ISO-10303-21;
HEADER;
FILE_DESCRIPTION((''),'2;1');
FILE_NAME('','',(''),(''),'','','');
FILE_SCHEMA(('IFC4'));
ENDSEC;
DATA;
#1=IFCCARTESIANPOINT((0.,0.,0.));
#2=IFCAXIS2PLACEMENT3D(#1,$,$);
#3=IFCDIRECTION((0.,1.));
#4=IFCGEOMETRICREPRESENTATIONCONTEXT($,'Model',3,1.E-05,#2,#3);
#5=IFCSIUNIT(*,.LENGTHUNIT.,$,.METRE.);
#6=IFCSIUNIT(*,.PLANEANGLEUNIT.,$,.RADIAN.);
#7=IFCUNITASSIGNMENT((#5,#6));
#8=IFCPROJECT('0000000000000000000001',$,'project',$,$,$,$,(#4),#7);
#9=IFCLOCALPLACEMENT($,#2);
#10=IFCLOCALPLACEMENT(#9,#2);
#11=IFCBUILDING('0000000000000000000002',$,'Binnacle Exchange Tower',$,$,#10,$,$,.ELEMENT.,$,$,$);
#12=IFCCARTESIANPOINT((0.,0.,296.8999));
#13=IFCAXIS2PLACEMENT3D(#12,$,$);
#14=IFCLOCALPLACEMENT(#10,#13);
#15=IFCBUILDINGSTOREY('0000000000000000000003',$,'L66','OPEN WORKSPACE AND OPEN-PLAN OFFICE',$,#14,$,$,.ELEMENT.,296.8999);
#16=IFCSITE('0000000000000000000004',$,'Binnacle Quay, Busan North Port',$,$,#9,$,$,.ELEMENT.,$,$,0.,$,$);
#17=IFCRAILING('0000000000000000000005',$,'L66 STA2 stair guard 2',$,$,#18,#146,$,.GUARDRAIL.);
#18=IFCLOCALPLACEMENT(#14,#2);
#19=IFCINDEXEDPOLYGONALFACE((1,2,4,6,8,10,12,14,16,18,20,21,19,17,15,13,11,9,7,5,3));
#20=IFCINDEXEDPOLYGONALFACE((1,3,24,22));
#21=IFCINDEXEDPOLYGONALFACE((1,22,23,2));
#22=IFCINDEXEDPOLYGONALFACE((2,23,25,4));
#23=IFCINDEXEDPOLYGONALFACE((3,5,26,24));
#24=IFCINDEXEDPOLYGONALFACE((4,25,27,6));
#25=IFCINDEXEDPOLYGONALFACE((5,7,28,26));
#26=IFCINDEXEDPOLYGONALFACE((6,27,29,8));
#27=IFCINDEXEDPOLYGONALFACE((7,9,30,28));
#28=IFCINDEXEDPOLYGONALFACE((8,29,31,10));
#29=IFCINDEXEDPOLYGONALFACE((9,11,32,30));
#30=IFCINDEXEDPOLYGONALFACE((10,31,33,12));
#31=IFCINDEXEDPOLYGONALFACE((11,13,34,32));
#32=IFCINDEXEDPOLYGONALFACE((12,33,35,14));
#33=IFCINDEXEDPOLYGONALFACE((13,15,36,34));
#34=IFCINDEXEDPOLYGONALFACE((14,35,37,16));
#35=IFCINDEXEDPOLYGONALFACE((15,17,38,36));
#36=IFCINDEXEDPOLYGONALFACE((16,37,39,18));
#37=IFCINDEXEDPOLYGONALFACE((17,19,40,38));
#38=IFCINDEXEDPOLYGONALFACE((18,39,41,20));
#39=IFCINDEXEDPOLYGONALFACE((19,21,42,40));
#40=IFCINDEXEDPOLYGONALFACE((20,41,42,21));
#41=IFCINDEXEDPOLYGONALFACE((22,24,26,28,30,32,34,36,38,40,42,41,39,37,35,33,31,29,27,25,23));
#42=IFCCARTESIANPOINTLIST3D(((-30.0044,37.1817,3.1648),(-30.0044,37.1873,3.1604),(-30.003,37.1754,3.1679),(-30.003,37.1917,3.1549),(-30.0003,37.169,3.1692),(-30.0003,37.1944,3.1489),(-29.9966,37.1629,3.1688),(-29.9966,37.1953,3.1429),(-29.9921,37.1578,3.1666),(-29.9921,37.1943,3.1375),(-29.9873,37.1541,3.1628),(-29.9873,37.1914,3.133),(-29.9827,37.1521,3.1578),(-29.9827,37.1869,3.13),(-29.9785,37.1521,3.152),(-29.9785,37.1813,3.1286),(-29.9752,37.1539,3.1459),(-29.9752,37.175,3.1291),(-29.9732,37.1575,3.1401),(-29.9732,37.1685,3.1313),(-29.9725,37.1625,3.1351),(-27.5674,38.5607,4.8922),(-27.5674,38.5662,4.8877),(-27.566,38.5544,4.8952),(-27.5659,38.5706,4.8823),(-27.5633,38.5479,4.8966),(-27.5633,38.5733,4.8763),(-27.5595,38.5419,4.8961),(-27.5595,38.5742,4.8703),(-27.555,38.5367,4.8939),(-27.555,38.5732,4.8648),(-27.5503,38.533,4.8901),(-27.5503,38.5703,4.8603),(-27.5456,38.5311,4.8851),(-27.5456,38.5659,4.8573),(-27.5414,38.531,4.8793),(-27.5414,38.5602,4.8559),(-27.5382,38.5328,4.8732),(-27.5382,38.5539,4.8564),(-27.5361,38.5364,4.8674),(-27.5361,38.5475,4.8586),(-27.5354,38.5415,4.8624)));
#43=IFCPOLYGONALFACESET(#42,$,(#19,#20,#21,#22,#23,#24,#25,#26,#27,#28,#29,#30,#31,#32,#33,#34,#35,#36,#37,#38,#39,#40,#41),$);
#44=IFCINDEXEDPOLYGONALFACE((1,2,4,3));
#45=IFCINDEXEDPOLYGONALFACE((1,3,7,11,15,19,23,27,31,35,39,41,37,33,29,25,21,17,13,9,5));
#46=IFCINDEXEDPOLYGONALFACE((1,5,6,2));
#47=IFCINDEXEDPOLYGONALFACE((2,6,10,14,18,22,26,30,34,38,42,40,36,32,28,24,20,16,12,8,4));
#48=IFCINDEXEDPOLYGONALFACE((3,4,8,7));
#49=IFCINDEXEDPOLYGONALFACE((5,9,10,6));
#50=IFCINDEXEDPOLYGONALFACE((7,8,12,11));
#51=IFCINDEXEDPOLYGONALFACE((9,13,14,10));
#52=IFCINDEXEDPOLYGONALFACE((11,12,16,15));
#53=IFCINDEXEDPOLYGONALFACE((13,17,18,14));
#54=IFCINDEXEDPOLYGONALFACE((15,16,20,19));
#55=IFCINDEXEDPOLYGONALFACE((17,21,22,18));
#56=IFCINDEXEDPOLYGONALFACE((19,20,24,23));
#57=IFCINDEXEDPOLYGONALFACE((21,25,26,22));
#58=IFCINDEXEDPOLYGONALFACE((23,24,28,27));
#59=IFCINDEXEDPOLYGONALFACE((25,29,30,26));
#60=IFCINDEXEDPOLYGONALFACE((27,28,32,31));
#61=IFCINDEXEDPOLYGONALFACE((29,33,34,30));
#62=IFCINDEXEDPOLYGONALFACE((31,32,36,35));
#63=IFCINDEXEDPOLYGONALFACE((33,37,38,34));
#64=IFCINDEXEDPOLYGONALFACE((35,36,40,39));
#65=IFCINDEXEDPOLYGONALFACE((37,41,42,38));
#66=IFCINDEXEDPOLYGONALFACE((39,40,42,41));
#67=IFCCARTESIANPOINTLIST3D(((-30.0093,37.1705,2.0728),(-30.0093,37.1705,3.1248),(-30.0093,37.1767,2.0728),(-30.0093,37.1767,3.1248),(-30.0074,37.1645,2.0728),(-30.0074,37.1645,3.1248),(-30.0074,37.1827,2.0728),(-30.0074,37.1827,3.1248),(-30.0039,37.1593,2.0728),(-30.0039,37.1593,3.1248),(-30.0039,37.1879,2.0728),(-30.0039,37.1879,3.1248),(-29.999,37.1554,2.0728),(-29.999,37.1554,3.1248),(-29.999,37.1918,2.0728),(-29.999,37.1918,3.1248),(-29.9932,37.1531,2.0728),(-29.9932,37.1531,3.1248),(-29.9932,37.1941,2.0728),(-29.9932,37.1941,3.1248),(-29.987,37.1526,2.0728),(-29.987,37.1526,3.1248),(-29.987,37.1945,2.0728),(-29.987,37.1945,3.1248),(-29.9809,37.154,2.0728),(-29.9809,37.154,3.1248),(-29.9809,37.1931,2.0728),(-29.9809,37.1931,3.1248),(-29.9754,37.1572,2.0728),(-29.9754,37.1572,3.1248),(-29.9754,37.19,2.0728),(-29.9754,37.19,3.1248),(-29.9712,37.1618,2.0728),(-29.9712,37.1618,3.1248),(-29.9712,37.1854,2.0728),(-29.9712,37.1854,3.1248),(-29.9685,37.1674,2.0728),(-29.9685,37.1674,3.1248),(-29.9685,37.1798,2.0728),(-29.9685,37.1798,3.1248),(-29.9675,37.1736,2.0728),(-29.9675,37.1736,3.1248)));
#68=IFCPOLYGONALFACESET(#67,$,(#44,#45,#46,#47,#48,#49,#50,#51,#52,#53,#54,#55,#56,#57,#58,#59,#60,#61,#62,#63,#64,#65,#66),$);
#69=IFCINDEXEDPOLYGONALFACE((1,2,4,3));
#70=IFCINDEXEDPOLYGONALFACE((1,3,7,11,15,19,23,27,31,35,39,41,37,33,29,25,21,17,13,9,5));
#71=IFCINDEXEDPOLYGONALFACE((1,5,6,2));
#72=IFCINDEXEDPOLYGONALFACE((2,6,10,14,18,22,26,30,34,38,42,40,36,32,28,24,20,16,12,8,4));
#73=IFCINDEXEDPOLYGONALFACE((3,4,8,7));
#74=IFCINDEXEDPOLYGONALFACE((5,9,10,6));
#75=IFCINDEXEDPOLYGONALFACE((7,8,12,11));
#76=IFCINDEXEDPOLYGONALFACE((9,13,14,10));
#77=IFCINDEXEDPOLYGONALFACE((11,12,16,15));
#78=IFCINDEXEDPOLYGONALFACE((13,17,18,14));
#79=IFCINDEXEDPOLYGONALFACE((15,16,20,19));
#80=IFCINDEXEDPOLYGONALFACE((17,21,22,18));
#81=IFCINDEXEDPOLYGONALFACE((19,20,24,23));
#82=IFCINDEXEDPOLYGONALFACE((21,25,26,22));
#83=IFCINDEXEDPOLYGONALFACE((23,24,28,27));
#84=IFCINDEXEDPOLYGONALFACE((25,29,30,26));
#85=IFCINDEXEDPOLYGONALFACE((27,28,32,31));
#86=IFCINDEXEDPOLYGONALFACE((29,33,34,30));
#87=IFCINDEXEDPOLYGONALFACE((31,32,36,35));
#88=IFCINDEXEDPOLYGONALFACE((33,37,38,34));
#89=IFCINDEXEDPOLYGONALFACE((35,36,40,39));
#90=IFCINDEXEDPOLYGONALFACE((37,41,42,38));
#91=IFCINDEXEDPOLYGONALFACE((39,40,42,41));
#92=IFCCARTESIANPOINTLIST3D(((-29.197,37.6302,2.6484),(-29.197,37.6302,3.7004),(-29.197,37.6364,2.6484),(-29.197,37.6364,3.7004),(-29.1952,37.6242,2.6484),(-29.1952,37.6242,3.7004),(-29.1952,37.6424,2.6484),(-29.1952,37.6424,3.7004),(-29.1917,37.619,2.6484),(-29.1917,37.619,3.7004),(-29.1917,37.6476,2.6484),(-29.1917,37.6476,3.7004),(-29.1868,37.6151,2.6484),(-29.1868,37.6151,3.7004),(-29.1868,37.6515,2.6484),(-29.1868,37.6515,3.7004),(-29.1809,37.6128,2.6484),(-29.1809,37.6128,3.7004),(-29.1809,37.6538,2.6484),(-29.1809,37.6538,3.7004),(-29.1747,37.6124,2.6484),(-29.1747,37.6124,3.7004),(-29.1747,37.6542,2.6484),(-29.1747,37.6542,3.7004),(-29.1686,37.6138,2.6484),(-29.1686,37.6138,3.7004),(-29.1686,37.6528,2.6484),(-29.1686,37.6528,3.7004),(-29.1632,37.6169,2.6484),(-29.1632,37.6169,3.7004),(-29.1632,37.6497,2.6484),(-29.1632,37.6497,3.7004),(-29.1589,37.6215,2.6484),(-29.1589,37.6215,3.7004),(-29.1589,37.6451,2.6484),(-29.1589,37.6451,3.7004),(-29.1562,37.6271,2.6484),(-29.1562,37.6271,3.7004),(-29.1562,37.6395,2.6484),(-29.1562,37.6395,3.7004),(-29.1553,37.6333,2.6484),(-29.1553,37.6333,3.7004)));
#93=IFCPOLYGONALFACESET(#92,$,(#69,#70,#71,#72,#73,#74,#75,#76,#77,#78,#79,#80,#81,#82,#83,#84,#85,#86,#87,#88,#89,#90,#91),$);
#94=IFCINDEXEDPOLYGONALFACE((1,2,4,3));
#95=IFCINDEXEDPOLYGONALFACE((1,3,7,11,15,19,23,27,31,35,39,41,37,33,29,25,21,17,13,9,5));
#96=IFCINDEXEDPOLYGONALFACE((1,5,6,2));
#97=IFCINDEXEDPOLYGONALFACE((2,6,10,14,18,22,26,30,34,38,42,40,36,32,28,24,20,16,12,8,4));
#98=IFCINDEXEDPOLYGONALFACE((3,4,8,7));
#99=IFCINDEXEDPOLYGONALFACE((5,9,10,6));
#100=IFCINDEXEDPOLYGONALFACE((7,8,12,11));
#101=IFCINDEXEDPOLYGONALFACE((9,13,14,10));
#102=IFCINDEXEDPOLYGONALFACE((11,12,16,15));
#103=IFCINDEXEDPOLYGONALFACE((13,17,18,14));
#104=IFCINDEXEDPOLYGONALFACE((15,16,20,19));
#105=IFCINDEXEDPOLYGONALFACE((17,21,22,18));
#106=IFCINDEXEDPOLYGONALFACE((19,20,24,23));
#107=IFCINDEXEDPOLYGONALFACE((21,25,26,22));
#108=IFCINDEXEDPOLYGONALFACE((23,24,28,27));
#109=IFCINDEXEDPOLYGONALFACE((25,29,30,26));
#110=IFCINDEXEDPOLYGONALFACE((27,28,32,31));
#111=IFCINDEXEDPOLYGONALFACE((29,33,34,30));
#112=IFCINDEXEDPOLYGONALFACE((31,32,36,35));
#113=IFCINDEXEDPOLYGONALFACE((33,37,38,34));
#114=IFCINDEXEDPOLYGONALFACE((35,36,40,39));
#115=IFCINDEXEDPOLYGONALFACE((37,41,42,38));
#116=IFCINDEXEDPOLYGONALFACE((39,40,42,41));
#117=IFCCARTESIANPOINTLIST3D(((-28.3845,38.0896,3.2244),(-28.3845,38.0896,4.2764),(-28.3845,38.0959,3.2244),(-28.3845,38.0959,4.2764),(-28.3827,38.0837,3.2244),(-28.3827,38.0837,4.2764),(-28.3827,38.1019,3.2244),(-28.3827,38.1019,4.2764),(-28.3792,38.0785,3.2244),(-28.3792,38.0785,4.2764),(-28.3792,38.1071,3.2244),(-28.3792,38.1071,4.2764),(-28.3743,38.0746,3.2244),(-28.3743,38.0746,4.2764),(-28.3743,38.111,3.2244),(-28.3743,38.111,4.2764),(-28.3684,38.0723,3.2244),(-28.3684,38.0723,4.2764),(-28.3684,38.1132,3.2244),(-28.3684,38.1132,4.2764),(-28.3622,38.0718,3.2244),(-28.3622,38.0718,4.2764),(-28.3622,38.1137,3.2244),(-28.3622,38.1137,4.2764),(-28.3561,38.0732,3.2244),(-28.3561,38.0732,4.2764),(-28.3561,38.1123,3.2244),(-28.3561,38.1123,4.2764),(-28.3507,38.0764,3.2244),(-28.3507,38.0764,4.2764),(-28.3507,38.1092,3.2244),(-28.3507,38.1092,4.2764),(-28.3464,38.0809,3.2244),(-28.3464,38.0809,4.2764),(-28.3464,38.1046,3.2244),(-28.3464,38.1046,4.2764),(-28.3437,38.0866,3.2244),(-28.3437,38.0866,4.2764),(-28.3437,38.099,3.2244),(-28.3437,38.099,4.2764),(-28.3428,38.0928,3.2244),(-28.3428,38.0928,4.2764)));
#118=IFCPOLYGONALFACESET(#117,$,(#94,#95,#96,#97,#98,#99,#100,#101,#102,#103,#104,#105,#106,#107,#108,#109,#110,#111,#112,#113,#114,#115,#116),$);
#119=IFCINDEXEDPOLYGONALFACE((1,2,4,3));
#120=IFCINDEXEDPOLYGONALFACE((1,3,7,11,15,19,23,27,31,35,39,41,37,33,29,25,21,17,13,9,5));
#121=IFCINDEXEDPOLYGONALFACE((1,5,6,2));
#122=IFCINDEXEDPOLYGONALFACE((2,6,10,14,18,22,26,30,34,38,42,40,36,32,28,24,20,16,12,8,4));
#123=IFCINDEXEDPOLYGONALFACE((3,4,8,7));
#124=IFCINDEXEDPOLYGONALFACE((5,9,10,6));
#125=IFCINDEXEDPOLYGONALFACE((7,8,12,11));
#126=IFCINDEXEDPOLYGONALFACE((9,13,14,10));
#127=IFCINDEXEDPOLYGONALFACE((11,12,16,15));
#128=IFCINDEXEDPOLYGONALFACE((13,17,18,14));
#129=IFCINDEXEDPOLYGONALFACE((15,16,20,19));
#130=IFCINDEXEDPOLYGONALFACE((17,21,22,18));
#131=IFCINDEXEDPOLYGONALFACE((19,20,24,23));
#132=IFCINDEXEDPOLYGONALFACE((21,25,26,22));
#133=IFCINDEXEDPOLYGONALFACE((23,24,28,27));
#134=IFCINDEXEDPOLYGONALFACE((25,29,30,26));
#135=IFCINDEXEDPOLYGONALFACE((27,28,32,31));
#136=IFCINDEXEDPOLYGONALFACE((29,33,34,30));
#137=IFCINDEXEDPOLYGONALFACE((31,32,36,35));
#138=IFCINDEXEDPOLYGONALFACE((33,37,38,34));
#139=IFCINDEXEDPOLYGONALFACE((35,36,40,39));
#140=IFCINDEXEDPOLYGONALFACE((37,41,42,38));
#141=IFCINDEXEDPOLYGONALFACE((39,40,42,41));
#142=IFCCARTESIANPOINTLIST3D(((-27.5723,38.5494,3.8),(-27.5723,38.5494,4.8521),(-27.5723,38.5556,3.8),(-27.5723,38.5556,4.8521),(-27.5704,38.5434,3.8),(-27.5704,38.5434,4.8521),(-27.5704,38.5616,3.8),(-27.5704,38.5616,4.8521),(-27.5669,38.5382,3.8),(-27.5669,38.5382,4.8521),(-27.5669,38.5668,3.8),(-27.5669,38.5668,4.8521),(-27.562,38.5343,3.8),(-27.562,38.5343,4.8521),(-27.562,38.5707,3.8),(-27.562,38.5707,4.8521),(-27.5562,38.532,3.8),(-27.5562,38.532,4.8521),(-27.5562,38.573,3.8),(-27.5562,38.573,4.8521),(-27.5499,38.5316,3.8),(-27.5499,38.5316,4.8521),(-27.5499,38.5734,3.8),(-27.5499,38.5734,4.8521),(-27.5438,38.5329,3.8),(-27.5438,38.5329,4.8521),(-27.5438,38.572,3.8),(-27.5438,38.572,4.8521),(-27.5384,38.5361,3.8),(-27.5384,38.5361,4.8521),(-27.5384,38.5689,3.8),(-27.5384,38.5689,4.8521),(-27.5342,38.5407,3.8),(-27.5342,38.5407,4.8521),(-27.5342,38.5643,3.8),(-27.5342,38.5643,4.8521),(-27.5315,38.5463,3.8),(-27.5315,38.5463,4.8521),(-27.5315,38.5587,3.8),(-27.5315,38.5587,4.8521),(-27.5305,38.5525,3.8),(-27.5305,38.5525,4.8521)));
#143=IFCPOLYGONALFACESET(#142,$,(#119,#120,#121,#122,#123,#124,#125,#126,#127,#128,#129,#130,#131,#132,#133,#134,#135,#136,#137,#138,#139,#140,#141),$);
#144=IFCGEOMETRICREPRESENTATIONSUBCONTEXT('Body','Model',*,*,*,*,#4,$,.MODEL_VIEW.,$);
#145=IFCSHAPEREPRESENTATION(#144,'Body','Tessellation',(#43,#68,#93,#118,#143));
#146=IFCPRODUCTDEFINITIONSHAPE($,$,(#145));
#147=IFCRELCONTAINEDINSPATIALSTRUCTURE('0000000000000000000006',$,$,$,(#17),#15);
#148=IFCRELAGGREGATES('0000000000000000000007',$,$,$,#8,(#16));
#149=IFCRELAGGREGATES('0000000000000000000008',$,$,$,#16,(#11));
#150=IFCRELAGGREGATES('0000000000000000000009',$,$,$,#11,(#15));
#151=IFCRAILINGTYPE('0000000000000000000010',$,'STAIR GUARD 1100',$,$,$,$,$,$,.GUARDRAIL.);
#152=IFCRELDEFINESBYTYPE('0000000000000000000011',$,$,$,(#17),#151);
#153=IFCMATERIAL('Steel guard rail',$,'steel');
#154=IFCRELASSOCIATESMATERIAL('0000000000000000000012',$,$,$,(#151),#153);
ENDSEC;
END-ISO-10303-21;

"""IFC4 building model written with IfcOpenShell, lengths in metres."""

from ifc_helpers import new_model, si_unit, direction, frame, origin, origin_2d, place, context, subcontext, project, spatial, circle, extrude, material, type_object, element, save


model = new_model("IFC4")

# Units and contexts
model_context = context("Model", 3, precision=1e-05, world=origin(), true_north=direction((0.0, 1.0)))
body_context = subcontext(model_context, "Body", "Model", "MODEL_VIEW")
ifc_project = project(units=[si_unit("LENGTHUNIT", "METRE"), si_unit("PLANEANGLEUNIT", "RADIAN")], contexts=[model_context])

# Site, building, storey
site_placement = place(None, origin())
site = spatial("IfcSite", under=ifc_project, at=site_placement, Name="Binnacle Quay, Busan North Port", CompositionType="ELEMENT", RefElevation=0.0)
building_placement = place(site_placement, origin())
building = spatial("IfcBuilding", under=site, at=building_placement, Name="Binnacle Exchange Tower", CompositionType="ELEMENT")
storey_placement = place(building_placement, frame((0.0, 0.0, 296.8999)))
storey = spatial("IfcBuildingStorey", under=building, at=storey_placement, Name="L66", Description="OPEN WORKSPACE AND OPEN-PLAN OFFICE", CompositionType="ELEMENT", Elevation=296.8999)

# Railing
ifc_material_1 = material(Name="Steel guard rail", Category="steel")
railing_type_1 = type_object("IfcRailingType", Name="STAIR GUARD 1100", PredefinedType="GUARDRAIL", material=ifc_material_1)
railing_1_placement = place(storey_placement, frame((-29.9885, 37.1736, 2.0728)))
element("IfcRailing", 1, at=railing_1_placement, inside=storey, type_object=railing_type_1, Name="L66 STA2 stair guard 2", PredefinedType="GUARDRAIL", context=body_context, shape_type="SweptSolid", body=[
    extrude(circle(Radius=0.0239, at=origin_2d()), frame((0.0, 0.0, 1.0762), z_axis=(0.740738, 0.419123, 0.525017), x_axis=(-0.492454, 0.870339, 0.0)), (0.0, 0.0, 1.0), 3.29),
    extrude(circle(Radius=0.021, at=origin_2d()), origin(), (0.0, 0.0, 1.0), 1.052),
    extrude(circle(Radius=0.021, at=origin_2d()), frame((0.8123, 0.4597, 0.5757)), (0.0, 0.0, 1.0), 1.052),
    extrude(circle(Radius=0.021, at=origin_2d()), frame((1.6248, 0.9192, 1.1516)), (0.0, 0.0, 1.0), 1.052),
    extrude(circle(Radius=0.021, at=origin_2d()), frame((2.437, 1.3789, 1.7273)), (0.0, 0.0, 1.0), 1.052),
])

save(model, "model.ifc")
